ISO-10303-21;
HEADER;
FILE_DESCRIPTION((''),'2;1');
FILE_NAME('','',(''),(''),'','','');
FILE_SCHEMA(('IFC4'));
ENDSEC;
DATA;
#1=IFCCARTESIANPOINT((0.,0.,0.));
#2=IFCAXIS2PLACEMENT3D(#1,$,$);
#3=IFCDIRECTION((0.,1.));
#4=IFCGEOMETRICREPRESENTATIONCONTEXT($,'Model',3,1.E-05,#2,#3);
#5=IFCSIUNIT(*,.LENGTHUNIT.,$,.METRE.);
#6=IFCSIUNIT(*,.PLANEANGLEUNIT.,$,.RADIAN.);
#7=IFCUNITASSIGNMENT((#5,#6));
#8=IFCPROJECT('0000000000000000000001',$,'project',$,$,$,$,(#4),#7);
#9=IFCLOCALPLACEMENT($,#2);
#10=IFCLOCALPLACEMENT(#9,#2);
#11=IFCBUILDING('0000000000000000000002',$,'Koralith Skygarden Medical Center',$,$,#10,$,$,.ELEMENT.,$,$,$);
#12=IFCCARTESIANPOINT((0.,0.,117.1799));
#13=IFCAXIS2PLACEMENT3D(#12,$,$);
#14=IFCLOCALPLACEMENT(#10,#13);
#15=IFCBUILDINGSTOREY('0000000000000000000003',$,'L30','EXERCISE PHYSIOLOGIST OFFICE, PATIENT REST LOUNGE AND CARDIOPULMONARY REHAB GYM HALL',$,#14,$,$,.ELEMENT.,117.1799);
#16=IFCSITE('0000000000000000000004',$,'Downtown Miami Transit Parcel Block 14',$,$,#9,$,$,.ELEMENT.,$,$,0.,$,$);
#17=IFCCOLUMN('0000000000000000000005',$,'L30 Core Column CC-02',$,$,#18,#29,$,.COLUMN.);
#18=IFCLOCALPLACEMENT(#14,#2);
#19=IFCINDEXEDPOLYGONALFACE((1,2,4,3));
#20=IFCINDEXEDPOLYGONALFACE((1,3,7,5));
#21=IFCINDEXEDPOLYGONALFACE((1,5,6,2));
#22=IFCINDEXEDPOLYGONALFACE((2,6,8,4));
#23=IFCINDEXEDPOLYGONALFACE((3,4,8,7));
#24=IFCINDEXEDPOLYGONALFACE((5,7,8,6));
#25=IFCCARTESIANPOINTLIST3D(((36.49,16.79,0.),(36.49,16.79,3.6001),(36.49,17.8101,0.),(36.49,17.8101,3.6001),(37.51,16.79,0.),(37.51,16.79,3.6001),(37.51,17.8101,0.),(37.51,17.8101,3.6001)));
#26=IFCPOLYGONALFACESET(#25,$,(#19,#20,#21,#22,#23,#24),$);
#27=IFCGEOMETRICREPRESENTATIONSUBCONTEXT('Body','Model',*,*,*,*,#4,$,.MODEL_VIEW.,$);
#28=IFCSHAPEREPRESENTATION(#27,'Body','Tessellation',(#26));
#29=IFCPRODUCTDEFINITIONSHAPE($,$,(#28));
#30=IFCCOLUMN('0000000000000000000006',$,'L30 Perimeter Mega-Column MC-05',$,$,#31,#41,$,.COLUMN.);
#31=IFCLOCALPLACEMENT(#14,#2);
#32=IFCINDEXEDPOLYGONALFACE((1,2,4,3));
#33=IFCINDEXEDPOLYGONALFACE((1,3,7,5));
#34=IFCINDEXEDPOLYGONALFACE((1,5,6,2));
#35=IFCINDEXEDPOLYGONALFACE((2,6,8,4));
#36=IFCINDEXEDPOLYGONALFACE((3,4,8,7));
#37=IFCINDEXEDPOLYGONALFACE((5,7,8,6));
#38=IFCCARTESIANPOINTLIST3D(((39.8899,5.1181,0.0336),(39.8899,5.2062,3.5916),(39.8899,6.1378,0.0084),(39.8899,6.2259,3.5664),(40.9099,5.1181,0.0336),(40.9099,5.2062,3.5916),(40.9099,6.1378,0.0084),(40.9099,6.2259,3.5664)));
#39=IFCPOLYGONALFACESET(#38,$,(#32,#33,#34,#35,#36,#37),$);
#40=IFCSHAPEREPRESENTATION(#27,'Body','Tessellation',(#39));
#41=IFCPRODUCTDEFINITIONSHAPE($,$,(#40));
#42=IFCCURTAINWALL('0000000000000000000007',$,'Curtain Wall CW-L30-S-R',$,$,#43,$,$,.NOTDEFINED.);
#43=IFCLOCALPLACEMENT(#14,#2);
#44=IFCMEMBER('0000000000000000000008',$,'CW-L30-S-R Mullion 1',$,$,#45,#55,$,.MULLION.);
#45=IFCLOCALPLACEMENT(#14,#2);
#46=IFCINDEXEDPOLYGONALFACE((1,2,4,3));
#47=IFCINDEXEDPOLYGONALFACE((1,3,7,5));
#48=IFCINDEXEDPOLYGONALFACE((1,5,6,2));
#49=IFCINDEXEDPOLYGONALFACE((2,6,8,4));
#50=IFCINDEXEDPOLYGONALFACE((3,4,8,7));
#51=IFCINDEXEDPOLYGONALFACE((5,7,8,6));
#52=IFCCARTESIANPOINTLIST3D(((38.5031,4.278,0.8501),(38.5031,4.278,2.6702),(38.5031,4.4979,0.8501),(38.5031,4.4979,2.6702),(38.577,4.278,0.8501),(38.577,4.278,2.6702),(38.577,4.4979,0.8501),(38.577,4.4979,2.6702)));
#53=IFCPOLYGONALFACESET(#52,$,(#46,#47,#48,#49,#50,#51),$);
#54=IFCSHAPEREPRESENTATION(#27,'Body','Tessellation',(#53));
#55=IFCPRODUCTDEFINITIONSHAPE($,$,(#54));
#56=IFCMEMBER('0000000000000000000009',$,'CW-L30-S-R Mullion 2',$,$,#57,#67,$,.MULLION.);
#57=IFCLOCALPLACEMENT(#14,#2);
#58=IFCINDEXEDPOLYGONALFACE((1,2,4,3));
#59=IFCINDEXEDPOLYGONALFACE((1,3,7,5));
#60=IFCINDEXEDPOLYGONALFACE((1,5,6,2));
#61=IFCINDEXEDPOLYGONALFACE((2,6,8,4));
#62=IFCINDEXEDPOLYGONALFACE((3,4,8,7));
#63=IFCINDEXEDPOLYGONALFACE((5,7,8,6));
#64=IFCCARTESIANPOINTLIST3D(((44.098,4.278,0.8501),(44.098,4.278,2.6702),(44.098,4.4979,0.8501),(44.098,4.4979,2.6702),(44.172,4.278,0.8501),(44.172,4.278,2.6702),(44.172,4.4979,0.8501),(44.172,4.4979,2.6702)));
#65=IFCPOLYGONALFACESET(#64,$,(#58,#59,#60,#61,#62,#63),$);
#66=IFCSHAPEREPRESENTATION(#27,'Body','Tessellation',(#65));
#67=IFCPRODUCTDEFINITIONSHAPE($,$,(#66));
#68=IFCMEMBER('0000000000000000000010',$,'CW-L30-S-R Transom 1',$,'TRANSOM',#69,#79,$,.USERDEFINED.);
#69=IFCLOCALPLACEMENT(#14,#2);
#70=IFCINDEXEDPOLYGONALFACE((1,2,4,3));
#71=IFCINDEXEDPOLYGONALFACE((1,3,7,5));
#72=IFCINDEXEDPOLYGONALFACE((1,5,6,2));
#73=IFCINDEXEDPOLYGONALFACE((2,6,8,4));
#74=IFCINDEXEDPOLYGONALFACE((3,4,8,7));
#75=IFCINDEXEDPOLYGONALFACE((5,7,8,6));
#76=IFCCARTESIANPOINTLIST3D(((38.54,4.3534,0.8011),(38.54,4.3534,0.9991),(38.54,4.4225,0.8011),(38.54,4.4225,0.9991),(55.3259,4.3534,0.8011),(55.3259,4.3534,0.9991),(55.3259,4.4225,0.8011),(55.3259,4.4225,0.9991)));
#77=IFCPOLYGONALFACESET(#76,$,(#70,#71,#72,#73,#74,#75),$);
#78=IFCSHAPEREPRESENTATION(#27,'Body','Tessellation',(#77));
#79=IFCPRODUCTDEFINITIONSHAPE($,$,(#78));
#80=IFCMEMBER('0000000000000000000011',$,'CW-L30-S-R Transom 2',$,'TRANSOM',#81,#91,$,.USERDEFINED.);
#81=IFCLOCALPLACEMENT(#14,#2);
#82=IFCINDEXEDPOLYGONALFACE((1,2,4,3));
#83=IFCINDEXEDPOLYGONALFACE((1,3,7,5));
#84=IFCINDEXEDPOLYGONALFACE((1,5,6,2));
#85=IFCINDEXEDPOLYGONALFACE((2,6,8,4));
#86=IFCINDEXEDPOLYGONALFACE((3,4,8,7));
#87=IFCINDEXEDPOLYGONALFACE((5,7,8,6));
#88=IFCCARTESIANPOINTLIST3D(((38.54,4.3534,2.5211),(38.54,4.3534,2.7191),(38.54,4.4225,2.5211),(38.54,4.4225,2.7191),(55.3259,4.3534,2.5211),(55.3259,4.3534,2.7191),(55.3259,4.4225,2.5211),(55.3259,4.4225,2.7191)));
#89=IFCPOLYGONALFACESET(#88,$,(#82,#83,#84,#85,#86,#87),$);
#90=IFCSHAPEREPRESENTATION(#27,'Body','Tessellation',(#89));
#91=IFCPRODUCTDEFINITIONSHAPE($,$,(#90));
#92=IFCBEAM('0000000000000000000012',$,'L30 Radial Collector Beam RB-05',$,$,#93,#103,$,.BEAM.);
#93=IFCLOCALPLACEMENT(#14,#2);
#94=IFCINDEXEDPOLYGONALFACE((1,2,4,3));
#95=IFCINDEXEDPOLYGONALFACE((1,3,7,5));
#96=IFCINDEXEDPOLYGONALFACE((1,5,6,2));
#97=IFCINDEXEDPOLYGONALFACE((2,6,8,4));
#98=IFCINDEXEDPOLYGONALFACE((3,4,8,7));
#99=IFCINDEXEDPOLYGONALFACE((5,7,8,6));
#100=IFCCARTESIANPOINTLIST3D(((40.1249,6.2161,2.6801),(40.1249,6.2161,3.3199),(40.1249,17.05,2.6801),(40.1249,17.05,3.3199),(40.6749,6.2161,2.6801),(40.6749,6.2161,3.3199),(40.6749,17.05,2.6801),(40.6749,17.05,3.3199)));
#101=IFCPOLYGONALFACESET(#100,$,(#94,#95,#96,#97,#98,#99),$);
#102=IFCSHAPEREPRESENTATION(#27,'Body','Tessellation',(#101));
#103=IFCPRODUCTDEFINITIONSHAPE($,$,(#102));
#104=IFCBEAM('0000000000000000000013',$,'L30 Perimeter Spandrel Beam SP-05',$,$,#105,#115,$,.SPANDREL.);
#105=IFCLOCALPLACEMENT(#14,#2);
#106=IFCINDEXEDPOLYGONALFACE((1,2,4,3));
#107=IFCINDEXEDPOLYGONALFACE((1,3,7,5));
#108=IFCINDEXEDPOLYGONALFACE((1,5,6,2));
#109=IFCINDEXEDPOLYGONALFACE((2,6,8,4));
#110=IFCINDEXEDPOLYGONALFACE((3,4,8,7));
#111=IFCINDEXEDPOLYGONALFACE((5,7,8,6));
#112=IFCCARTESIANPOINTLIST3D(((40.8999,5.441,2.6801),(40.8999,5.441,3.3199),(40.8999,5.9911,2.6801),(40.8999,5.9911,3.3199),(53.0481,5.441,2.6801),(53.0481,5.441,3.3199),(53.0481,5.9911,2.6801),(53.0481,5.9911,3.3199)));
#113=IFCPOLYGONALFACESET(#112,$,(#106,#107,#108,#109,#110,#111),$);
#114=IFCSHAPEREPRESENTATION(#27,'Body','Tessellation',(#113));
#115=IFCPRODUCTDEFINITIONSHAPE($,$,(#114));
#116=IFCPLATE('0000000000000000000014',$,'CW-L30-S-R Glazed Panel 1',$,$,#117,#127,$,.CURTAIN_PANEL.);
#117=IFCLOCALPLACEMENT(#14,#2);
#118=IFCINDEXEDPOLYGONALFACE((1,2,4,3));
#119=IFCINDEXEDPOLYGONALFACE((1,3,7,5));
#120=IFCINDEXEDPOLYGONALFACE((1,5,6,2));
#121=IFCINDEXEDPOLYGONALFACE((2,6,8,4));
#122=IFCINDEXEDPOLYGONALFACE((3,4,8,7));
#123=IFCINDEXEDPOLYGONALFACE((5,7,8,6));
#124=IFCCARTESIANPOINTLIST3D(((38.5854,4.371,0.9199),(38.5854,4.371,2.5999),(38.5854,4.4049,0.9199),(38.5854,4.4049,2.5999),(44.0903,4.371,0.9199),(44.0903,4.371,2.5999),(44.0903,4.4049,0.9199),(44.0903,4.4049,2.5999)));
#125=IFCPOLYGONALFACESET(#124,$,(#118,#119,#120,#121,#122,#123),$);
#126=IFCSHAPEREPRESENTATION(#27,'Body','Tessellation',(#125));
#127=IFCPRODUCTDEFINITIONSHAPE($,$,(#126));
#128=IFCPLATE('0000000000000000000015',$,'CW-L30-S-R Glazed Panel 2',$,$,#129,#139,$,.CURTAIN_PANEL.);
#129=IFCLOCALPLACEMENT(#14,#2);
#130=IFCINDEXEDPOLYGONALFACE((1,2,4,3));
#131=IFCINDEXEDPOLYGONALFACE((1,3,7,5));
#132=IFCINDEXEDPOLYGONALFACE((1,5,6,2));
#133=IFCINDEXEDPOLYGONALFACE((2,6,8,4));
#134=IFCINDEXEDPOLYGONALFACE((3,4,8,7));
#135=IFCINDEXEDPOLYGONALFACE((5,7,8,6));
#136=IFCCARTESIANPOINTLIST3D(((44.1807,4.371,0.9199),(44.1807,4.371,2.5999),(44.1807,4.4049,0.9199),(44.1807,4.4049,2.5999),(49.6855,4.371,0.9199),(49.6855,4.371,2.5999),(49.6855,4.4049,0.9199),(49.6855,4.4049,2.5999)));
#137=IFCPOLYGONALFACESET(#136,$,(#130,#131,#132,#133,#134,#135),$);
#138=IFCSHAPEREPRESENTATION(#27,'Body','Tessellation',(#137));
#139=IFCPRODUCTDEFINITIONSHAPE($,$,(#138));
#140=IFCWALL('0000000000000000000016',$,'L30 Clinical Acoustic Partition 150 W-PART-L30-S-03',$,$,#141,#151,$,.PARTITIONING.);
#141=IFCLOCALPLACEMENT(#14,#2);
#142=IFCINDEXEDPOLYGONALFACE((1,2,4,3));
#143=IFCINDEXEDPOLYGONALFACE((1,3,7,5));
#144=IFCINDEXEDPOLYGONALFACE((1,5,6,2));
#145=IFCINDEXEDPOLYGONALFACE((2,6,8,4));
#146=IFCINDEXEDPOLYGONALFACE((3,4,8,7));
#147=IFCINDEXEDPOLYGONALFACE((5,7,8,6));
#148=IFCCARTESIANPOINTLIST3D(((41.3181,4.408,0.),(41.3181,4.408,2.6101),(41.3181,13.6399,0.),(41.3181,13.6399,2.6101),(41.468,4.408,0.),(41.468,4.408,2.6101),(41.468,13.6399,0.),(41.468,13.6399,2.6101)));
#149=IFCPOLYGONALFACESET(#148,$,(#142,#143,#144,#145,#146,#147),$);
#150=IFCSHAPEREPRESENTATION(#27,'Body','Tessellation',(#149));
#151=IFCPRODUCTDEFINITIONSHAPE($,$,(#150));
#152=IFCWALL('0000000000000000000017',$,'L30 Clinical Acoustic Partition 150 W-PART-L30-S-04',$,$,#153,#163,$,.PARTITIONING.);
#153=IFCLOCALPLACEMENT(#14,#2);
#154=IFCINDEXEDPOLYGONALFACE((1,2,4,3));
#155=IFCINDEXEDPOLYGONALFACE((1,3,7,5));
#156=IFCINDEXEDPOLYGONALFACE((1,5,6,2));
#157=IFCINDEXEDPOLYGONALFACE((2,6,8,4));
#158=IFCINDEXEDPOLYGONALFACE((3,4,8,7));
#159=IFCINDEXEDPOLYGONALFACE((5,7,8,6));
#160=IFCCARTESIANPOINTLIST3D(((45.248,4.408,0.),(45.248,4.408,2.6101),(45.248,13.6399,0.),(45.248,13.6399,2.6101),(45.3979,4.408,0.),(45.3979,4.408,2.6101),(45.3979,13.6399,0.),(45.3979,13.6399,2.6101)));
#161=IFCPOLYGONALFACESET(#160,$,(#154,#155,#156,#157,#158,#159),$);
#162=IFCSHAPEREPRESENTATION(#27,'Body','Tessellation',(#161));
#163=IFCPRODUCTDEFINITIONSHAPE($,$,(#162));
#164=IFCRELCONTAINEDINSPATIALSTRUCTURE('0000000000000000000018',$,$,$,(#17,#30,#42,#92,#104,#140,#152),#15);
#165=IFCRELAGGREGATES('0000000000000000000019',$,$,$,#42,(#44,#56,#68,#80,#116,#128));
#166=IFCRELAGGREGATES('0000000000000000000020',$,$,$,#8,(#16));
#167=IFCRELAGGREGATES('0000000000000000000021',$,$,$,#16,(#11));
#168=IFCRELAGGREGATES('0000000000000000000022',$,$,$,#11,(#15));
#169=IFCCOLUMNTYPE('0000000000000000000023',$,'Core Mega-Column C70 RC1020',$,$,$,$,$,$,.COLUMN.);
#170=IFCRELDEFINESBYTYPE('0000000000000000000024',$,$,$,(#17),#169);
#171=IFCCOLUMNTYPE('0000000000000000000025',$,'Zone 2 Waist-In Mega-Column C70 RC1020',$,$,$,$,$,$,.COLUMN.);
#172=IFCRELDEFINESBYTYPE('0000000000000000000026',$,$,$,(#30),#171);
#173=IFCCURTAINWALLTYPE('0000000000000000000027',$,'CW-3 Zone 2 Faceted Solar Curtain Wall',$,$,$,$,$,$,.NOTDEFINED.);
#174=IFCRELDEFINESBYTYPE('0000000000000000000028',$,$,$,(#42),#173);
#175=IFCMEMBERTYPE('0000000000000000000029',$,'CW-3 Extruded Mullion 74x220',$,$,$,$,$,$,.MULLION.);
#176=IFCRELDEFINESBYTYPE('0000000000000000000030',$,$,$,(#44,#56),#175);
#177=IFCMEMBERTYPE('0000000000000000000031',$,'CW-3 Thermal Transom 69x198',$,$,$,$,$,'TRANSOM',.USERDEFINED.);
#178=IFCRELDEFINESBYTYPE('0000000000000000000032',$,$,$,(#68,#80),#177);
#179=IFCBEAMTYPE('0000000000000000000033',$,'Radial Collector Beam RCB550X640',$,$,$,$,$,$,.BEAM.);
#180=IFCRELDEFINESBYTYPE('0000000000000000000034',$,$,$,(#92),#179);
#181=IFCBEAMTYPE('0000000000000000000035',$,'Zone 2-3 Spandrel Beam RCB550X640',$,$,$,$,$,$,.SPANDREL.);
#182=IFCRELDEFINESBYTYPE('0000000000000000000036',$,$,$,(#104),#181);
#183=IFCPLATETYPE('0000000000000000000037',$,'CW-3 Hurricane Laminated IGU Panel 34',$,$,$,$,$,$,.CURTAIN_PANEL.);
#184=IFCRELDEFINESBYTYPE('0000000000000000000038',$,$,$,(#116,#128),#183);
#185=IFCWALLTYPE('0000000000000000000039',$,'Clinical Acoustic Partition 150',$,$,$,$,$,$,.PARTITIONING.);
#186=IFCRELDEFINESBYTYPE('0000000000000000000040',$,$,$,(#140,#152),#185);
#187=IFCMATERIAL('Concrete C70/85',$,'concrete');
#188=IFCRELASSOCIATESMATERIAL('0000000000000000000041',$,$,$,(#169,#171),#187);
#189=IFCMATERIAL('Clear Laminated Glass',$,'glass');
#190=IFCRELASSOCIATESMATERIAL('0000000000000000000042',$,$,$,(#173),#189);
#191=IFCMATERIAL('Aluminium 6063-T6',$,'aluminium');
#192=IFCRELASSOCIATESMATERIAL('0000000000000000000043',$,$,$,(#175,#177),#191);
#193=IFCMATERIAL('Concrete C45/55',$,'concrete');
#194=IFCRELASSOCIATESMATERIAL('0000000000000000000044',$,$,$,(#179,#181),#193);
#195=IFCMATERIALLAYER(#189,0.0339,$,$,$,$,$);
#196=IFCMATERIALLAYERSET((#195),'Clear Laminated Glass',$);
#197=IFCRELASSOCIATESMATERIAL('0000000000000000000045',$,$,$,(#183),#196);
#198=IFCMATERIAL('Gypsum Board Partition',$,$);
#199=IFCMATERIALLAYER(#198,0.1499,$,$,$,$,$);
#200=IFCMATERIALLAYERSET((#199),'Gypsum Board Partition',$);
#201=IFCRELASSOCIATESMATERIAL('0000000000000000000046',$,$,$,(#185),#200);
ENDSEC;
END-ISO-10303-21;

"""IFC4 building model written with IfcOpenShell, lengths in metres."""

from ifc_helpers import new_model, si_unit, direction, frame, frame_2d, origin, origin_2d, place, context, subcontext, project, spatial, rectangle, extrude, material, layer, layer_set, material_profile, profile_set, type_object, element, aggregate, save


model = new_model("IFC4")

# Units and contexts
model_context = context("Model", 3, precision=1e-05, world=origin(), true_north=direction((0.0, 1.0)))
body_context = subcontext(model_context, "Body", "Model", "MODEL_VIEW")
ifc_project = project(units=[si_unit("LENGTHUNIT", "METRE"), si_unit("PLANEANGLEUNIT", "RADIAN")], contexts=[model_context])

# Site, building, storey
site_placement = place(None, origin())
site = spatial("IfcSite", under=ifc_project, at=site_placement, Name="Downtown Miami Transit Parcel Block 14", CompositionType="ELEMENT", RefElevation=0.0)
building_placement = place(site_placement, origin())
building = spatial("IfcBuilding", under=site, at=building_placement, Name="Koralith Skygarden Medical Center", CompositionType="ELEMENT")
storey_placement = place(building_placement, frame((0.0, 0.0, 117.1799)))
storey = spatial("IfcBuildingStorey", under=building, at=storey_placement, Name="L30", Description="EXERCISE PHYSIOLOGIST OFFICE, PATIENT REST LOUNGE AND CARDIOPULMONARY REHAB GYM HALL", CompositionType="ELEMENT", Elevation=117.1799)

# Columns
ifc_material_1 = material(Name="Concrete C70/85", Category="concrete")
ifc_material_profile_1 = material_profile(ifc_material_1, rectangle(XDim=1.02, YDim=1.02, at=origin_2d()), Name="RC1020X1020")
ifc_profile_set_1 = profile_set([ifc_material_profile_1], Name="Concrete C70/85")
column_type_1 = type_object("IfcColumnType", Name="Core Mega-Column C70 RC1020", PredefinedType="COLUMN", material=ifc_profile_set_1)
column_1_placement = place(storey_placement, frame((37.0, 17.3, 0.0), z_axis=(0.0, 0.0, 1.0), x_axis=(1.0, 0.0, 0.0)))
element("IfcColumn", 1, at=column_1_placement, inside=storey, type_object=column_type_1, Name="L30 Core Column CC-02", PredefinedType="COLUMN", context=body_context, shape_type="SweptSolid", body=[
    extrude(rectangle(XDim=1.02, YDim=1.02, at=origin_2d()), origin(), (0.0, 0.0, 1.0), 3.6001),
])
ifc_material_profile_2 = material_profile(ifc_material_1, rectangle(XDim=1.02, YDim=1.02, at=origin_2d()), Name="RC1020X1020")
ifc_profile_set_2 = profile_set([ifc_material_profile_2], Name="Concrete C70/85")
column_type_2 = type_object("IfcColumnType", Name="Zone 2 Waist-In Mega-Column C70 RC1020", PredefinedType="COLUMN", material=ifc_profile_set_2)
column_2_placement = place(storey_placement, frame((40.3999, 5.6279, 0.021), z_axis=(0.0, 0.024763, 0.999693), x_axis=(-1.0, 0.0, 0.0)))
element("IfcColumn", 2, at=column_2_placement, inside=storey, type_object=column_type_2, Name="L30 Perimeter Mega-Column MC-05", PredefinedType="COLUMN", context=body_context, shape_type="SweptSolid", body=[
    extrude(rectangle(XDim=1.02, YDim=1.02, at=origin_2d()), origin(), (0.0, 0.0, 1.0), 3.5591),
])

# Curtain wall, members
ifc_material_2 = material(Name="Clear Laminated Glass", Category="glass")
curtain_wall_type = type_object("IfcCurtainWallType", Name="CW-3 Zone 2 Faceted Solar Curtain Wall", PredefinedType="NOTDEFINED", material=ifc_material_2)
curtain_wall_placement = place(storey_placement, origin())
curtain_wall = element("IfcCurtainWall", 3, at=curtain_wall_placement, inside=storey, type_object=curtain_wall_type, Name="Curtain Wall CW-L30-S-R", PredefinedType="NOTDEFINED")
ifc_material_3 = material(Name="Aluminium 6063-T6", Category="aluminium")
ifc_material_profile_3 = material_profile(ifc_material_3, rectangle(XDim=0.074, YDim=0.22, at=origin_2d()), Name="MUL74X220")
ifc_profile_set_3 = profile_set([ifc_material_profile_3], Name="Aluminium 6063-T6")
member_type_1 = type_object("IfcMemberType", Name="CW-3 Extruded Mullion 74x220", PredefinedType="MULLION", material=ifc_profile_set_3)
member_1_placement = place(storey_placement, frame((38.54, 4.3879, 0.8501), z_axis=(0.0, 0.0, 1.0), x_axis=(1.0, 0.0, 0.0)))
member_1 = element("IfcMember", 4, at=member_1_placement, type_object=member_type_1, Name="CW-L30-S-R Mullion 1", PredefinedType="MULLION", context=body_context, shape_type="SweptSolid", body=[
    extrude(rectangle(XDim=0.074, YDim=0.22, at=origin_2d()), origin(), (0.0, 0.0, 1.0), 1.8201),
])
member_2_placement = place(storey_placement, frame((44.135, 4.3879, 0.8501), z_axis=(0.0, 0.0, 1.0), x_axis=(1.0, 0.0, 0.0)))
member_2 = element("IfcMember", 5, at=member_2_placement, type_object=member_type_1, Name="CW-L30-S-R Mullion 2", PredefinedType="MULLION", context=body_context, shape_type="SweptSolid", body=[
    extrude(rectangle(XDim=0.074, YDim=0.22, at=origin_2d()), origin(), (0.0, 0.0, 1.0), 1.8201),
])
ifc_material_profile_4 = material_profile(ifc_material_3, rectangle(XDim=0.0691, YDim=0.198, at=origin_2d()), Name="TRN69X198")
ifc_profile_set_4 = profile_set([ifc_material_profile_4], Name="Aluminium 6063-T6")
member_type_2 = type_object("IfcMemberType", Name="CW-3 Thermal Transom 69x198", ElementType="TRANSOM", PredefinedType="USERDEFINED", material=ifc_profile_set_4)
member_3_placement = place(storey_placement, frame((38.54, 4.3879, 0.9001), z_axis=(1.0, 0.0, 0.0), x_axis=(0.0, 1.0, 0.0)))
member_3 = element("IfcMember", 6, at=member_3_placement, type_object=member_type_2, Name="CW-L30-S-R Transom 1", ObjectType="TRANSOM", PredefinedType="USERDEFINED", context=body_context, shape_type="SweptSolid", body=[
    extrude(rectangle(XDim=0.0691, YDim=0.198, at=origin_2d()), origin(), (0.0, 0.0, 1.0), 16.7859),
])
member_4_placement = place(storey_placement, frame((38.54, 4.3879, 2.6201), z_axis=(1.0, 0.0, 0.0), x_axis=(0.0, 1.0, 0.0)))
member_4 = element("IfcMember", 7, at=member_4_placement, type_object=member_type_2, Name="CW-L30-S-R Transom 2", ObjectType="TRANSOM", PredefinedType="USERDEFINED", context=body_context, shape_type="SweptSolid", body=[
    extrude(rectangle(XDim=0.0691, YDim=0.198, at=origin_2d()), origin(), (0.0, 0.0, 1.0), 16.7859),
])

# Beams
ifc_material_4 = material(Name="Concrete C45/55", Category="concrete")
ifc_material_profile_5 = material_profile(ifc_material_4, rectangle(XDim=0.55, YDim=0.6399, at=origin_2d()), Name="RCB550X640")
ifc_profile_set_5 = profile_set([ifc_material_profile_5], Name="Concrete C45/55")
beam_type_1 = type_object("IfcBeamType", Name="Radial Collector Beam RCB550X640", PredefinedType="BEAM", material=ifc_profile_set_5)
beam_1_placement = place(storey_placement, frame((40.3999, 17.05, 3.0), z_axis=(0.0, -1.0, 0.0), x_axis=(1.0, 0.0, 0.0)))
element("IfcBeam", 8, at=beam_1_placement, inside=storey, type_object=beam_type_1, Name="L30 Radial Collector Beam RB-05", PredefinedType="BEAM", context=body_context, shape_type="SweptSolid", body=[
    extrude(rectangle(XDim=0.55, YDim=0.6399, at=origin_2d()), origin(), (0.0, 0.0, 1.0), 10.834),
])
ifc_material_profile_6 = material_profile(ifc_material_4, rectangle(XDim=0.55, YDim=0.6399, at=origin_2d()), Name="RCB550X640")
ifc_profile_set_6 = profile_set([ifc_material_profile_6], Name="Concrete C45/55")
beam_type_2 = type_object("IfcBeamType", Name="Zone 2-3 Spandrel Beam RCB550X640", PredefinedType="SPANDREL", material=ifc_profile_set_6)
beam_2_placement = place(storey_placement, frame((40.8999, 5.7161, 3.0), z_axis=(1.0, 0.0, 0.0), x_axis=(0.0, 1.0, 0.0)))
element("IfcBeam", 9, at=beam_2_placement, inside=storey, type_object=beam_type_2, Name="L30 Perimeter Spandrel Beam SP-05", PredefinedType="SPANDREL", context=body_context, shape_type="SweptSolid", body=[
    extrude(rectangle(XDim=0.55, YDim=0.6399, at=origin_2d()), origin(), (0.0, 0.0, 1.0), 12.1482),
])

# Plates
ifc_layer_1 = layer(ifc_material_2, 0.0339)
ifc_layer_set_1 = layer_set([ifc_layer_1], Name="Clear Laminated Glass")
plate_type = type_object("IfcPlateType", Name="CW-3 Hurricane Laminated IGU Panel 34", PredefinedType="CURTAIN_PANEL", material=ifc_layer_set_1)
plate_1_placement = place(storey_placement, frame((41.3379, 4.3879, 0.9199), z_axis=(0.0, 0.0, 1.0), x_axis=(1.0, 0.0, 0.0)))
plate_1 = element("IfcPlate", 10, at=plate_1_placement, type_object=plate_type, Name="CW-L30-S-R Glazed Panel 1", PredefinedType="CURTAIN_PANEL", context=body_context, shape_type="SweptSolid", body=[
    extrude(rectangle(XDim=5.5049, YDim=0.0339, at=origin_2d()), origin(), (0.0, 0.0, 1.0), 1.6799),
])
plate_2_placement = place(storey_placement, frame((46.9331, 4.3879, 0.9199), z_axis=(0.0, 0.0, 1.0), x_axis=(1.0, 0.0, 0.0)))
plate_2 = element("IfcPlate", 11, at=plate_2_placement, type_object=plate_type, Name="CW-L30-S-R Glazed Panel 2", PredefinedType="CURTAIN_PANEL", context=body_context, shape_type="SweptSolid", body=[
    extrude(rectangle(XDim=5.5049, YDim=0.0339, at=origin_2d()), origin(), (0.0, 0.0, 1.0), 1.6799),
])
aggregate(curtain_wall, [member_1, member_2, member_3, member_4, plate_1, plate_2])

# Walls
ifc_material_5 = material(Name="Gypsum Board Partition")
ifc_layer_2 = layer(ifc_material_5, 0.1499)
ifc_layer_set_2 = layer_set([ifc_layer_2], Name="Gypsum Board Partition")
wall_type_1 = type_object("IfcWallType", Name="Clinical Acoustic Partition 150", PredefinedType="PARTITIONING", material=ifc_layer_set_2)
for number, where, z_axis, x_axis, name in (
    (12, (41.3931, 13.6399, 0.0), (0.0, 0.0, 1.0), (0.0, -1.0, 0.0), "L30 Clinical Acoustic Partition 150 W-PART-L30-S-03"),
    (13, (45.323, 13.6399, 0.0), (0.0, 0.0, 1.0), (0.0, -1.0, 0.0), "L30 Clinical Acoustic Partition 150 W-PART-L30-S-04"),
):
    element("IfcWall", number, at=place(storey_placement, frame(where, z_axis=z_axis, x_axis=x_axis)), inside=storey, type_object=wall_type_1, Name=name, PredefinedType="PARTITIONING", context=body_context, shape_type="SweptSolid", body=[
        extrude(rectangle(XDim=9.2319, YDim=0.1499, at=frame_2d((4.616, 0.0))), origin(), (0.0, 0.0, 1.0), 2.6101),
    ])

save(model, "model.ifc")
